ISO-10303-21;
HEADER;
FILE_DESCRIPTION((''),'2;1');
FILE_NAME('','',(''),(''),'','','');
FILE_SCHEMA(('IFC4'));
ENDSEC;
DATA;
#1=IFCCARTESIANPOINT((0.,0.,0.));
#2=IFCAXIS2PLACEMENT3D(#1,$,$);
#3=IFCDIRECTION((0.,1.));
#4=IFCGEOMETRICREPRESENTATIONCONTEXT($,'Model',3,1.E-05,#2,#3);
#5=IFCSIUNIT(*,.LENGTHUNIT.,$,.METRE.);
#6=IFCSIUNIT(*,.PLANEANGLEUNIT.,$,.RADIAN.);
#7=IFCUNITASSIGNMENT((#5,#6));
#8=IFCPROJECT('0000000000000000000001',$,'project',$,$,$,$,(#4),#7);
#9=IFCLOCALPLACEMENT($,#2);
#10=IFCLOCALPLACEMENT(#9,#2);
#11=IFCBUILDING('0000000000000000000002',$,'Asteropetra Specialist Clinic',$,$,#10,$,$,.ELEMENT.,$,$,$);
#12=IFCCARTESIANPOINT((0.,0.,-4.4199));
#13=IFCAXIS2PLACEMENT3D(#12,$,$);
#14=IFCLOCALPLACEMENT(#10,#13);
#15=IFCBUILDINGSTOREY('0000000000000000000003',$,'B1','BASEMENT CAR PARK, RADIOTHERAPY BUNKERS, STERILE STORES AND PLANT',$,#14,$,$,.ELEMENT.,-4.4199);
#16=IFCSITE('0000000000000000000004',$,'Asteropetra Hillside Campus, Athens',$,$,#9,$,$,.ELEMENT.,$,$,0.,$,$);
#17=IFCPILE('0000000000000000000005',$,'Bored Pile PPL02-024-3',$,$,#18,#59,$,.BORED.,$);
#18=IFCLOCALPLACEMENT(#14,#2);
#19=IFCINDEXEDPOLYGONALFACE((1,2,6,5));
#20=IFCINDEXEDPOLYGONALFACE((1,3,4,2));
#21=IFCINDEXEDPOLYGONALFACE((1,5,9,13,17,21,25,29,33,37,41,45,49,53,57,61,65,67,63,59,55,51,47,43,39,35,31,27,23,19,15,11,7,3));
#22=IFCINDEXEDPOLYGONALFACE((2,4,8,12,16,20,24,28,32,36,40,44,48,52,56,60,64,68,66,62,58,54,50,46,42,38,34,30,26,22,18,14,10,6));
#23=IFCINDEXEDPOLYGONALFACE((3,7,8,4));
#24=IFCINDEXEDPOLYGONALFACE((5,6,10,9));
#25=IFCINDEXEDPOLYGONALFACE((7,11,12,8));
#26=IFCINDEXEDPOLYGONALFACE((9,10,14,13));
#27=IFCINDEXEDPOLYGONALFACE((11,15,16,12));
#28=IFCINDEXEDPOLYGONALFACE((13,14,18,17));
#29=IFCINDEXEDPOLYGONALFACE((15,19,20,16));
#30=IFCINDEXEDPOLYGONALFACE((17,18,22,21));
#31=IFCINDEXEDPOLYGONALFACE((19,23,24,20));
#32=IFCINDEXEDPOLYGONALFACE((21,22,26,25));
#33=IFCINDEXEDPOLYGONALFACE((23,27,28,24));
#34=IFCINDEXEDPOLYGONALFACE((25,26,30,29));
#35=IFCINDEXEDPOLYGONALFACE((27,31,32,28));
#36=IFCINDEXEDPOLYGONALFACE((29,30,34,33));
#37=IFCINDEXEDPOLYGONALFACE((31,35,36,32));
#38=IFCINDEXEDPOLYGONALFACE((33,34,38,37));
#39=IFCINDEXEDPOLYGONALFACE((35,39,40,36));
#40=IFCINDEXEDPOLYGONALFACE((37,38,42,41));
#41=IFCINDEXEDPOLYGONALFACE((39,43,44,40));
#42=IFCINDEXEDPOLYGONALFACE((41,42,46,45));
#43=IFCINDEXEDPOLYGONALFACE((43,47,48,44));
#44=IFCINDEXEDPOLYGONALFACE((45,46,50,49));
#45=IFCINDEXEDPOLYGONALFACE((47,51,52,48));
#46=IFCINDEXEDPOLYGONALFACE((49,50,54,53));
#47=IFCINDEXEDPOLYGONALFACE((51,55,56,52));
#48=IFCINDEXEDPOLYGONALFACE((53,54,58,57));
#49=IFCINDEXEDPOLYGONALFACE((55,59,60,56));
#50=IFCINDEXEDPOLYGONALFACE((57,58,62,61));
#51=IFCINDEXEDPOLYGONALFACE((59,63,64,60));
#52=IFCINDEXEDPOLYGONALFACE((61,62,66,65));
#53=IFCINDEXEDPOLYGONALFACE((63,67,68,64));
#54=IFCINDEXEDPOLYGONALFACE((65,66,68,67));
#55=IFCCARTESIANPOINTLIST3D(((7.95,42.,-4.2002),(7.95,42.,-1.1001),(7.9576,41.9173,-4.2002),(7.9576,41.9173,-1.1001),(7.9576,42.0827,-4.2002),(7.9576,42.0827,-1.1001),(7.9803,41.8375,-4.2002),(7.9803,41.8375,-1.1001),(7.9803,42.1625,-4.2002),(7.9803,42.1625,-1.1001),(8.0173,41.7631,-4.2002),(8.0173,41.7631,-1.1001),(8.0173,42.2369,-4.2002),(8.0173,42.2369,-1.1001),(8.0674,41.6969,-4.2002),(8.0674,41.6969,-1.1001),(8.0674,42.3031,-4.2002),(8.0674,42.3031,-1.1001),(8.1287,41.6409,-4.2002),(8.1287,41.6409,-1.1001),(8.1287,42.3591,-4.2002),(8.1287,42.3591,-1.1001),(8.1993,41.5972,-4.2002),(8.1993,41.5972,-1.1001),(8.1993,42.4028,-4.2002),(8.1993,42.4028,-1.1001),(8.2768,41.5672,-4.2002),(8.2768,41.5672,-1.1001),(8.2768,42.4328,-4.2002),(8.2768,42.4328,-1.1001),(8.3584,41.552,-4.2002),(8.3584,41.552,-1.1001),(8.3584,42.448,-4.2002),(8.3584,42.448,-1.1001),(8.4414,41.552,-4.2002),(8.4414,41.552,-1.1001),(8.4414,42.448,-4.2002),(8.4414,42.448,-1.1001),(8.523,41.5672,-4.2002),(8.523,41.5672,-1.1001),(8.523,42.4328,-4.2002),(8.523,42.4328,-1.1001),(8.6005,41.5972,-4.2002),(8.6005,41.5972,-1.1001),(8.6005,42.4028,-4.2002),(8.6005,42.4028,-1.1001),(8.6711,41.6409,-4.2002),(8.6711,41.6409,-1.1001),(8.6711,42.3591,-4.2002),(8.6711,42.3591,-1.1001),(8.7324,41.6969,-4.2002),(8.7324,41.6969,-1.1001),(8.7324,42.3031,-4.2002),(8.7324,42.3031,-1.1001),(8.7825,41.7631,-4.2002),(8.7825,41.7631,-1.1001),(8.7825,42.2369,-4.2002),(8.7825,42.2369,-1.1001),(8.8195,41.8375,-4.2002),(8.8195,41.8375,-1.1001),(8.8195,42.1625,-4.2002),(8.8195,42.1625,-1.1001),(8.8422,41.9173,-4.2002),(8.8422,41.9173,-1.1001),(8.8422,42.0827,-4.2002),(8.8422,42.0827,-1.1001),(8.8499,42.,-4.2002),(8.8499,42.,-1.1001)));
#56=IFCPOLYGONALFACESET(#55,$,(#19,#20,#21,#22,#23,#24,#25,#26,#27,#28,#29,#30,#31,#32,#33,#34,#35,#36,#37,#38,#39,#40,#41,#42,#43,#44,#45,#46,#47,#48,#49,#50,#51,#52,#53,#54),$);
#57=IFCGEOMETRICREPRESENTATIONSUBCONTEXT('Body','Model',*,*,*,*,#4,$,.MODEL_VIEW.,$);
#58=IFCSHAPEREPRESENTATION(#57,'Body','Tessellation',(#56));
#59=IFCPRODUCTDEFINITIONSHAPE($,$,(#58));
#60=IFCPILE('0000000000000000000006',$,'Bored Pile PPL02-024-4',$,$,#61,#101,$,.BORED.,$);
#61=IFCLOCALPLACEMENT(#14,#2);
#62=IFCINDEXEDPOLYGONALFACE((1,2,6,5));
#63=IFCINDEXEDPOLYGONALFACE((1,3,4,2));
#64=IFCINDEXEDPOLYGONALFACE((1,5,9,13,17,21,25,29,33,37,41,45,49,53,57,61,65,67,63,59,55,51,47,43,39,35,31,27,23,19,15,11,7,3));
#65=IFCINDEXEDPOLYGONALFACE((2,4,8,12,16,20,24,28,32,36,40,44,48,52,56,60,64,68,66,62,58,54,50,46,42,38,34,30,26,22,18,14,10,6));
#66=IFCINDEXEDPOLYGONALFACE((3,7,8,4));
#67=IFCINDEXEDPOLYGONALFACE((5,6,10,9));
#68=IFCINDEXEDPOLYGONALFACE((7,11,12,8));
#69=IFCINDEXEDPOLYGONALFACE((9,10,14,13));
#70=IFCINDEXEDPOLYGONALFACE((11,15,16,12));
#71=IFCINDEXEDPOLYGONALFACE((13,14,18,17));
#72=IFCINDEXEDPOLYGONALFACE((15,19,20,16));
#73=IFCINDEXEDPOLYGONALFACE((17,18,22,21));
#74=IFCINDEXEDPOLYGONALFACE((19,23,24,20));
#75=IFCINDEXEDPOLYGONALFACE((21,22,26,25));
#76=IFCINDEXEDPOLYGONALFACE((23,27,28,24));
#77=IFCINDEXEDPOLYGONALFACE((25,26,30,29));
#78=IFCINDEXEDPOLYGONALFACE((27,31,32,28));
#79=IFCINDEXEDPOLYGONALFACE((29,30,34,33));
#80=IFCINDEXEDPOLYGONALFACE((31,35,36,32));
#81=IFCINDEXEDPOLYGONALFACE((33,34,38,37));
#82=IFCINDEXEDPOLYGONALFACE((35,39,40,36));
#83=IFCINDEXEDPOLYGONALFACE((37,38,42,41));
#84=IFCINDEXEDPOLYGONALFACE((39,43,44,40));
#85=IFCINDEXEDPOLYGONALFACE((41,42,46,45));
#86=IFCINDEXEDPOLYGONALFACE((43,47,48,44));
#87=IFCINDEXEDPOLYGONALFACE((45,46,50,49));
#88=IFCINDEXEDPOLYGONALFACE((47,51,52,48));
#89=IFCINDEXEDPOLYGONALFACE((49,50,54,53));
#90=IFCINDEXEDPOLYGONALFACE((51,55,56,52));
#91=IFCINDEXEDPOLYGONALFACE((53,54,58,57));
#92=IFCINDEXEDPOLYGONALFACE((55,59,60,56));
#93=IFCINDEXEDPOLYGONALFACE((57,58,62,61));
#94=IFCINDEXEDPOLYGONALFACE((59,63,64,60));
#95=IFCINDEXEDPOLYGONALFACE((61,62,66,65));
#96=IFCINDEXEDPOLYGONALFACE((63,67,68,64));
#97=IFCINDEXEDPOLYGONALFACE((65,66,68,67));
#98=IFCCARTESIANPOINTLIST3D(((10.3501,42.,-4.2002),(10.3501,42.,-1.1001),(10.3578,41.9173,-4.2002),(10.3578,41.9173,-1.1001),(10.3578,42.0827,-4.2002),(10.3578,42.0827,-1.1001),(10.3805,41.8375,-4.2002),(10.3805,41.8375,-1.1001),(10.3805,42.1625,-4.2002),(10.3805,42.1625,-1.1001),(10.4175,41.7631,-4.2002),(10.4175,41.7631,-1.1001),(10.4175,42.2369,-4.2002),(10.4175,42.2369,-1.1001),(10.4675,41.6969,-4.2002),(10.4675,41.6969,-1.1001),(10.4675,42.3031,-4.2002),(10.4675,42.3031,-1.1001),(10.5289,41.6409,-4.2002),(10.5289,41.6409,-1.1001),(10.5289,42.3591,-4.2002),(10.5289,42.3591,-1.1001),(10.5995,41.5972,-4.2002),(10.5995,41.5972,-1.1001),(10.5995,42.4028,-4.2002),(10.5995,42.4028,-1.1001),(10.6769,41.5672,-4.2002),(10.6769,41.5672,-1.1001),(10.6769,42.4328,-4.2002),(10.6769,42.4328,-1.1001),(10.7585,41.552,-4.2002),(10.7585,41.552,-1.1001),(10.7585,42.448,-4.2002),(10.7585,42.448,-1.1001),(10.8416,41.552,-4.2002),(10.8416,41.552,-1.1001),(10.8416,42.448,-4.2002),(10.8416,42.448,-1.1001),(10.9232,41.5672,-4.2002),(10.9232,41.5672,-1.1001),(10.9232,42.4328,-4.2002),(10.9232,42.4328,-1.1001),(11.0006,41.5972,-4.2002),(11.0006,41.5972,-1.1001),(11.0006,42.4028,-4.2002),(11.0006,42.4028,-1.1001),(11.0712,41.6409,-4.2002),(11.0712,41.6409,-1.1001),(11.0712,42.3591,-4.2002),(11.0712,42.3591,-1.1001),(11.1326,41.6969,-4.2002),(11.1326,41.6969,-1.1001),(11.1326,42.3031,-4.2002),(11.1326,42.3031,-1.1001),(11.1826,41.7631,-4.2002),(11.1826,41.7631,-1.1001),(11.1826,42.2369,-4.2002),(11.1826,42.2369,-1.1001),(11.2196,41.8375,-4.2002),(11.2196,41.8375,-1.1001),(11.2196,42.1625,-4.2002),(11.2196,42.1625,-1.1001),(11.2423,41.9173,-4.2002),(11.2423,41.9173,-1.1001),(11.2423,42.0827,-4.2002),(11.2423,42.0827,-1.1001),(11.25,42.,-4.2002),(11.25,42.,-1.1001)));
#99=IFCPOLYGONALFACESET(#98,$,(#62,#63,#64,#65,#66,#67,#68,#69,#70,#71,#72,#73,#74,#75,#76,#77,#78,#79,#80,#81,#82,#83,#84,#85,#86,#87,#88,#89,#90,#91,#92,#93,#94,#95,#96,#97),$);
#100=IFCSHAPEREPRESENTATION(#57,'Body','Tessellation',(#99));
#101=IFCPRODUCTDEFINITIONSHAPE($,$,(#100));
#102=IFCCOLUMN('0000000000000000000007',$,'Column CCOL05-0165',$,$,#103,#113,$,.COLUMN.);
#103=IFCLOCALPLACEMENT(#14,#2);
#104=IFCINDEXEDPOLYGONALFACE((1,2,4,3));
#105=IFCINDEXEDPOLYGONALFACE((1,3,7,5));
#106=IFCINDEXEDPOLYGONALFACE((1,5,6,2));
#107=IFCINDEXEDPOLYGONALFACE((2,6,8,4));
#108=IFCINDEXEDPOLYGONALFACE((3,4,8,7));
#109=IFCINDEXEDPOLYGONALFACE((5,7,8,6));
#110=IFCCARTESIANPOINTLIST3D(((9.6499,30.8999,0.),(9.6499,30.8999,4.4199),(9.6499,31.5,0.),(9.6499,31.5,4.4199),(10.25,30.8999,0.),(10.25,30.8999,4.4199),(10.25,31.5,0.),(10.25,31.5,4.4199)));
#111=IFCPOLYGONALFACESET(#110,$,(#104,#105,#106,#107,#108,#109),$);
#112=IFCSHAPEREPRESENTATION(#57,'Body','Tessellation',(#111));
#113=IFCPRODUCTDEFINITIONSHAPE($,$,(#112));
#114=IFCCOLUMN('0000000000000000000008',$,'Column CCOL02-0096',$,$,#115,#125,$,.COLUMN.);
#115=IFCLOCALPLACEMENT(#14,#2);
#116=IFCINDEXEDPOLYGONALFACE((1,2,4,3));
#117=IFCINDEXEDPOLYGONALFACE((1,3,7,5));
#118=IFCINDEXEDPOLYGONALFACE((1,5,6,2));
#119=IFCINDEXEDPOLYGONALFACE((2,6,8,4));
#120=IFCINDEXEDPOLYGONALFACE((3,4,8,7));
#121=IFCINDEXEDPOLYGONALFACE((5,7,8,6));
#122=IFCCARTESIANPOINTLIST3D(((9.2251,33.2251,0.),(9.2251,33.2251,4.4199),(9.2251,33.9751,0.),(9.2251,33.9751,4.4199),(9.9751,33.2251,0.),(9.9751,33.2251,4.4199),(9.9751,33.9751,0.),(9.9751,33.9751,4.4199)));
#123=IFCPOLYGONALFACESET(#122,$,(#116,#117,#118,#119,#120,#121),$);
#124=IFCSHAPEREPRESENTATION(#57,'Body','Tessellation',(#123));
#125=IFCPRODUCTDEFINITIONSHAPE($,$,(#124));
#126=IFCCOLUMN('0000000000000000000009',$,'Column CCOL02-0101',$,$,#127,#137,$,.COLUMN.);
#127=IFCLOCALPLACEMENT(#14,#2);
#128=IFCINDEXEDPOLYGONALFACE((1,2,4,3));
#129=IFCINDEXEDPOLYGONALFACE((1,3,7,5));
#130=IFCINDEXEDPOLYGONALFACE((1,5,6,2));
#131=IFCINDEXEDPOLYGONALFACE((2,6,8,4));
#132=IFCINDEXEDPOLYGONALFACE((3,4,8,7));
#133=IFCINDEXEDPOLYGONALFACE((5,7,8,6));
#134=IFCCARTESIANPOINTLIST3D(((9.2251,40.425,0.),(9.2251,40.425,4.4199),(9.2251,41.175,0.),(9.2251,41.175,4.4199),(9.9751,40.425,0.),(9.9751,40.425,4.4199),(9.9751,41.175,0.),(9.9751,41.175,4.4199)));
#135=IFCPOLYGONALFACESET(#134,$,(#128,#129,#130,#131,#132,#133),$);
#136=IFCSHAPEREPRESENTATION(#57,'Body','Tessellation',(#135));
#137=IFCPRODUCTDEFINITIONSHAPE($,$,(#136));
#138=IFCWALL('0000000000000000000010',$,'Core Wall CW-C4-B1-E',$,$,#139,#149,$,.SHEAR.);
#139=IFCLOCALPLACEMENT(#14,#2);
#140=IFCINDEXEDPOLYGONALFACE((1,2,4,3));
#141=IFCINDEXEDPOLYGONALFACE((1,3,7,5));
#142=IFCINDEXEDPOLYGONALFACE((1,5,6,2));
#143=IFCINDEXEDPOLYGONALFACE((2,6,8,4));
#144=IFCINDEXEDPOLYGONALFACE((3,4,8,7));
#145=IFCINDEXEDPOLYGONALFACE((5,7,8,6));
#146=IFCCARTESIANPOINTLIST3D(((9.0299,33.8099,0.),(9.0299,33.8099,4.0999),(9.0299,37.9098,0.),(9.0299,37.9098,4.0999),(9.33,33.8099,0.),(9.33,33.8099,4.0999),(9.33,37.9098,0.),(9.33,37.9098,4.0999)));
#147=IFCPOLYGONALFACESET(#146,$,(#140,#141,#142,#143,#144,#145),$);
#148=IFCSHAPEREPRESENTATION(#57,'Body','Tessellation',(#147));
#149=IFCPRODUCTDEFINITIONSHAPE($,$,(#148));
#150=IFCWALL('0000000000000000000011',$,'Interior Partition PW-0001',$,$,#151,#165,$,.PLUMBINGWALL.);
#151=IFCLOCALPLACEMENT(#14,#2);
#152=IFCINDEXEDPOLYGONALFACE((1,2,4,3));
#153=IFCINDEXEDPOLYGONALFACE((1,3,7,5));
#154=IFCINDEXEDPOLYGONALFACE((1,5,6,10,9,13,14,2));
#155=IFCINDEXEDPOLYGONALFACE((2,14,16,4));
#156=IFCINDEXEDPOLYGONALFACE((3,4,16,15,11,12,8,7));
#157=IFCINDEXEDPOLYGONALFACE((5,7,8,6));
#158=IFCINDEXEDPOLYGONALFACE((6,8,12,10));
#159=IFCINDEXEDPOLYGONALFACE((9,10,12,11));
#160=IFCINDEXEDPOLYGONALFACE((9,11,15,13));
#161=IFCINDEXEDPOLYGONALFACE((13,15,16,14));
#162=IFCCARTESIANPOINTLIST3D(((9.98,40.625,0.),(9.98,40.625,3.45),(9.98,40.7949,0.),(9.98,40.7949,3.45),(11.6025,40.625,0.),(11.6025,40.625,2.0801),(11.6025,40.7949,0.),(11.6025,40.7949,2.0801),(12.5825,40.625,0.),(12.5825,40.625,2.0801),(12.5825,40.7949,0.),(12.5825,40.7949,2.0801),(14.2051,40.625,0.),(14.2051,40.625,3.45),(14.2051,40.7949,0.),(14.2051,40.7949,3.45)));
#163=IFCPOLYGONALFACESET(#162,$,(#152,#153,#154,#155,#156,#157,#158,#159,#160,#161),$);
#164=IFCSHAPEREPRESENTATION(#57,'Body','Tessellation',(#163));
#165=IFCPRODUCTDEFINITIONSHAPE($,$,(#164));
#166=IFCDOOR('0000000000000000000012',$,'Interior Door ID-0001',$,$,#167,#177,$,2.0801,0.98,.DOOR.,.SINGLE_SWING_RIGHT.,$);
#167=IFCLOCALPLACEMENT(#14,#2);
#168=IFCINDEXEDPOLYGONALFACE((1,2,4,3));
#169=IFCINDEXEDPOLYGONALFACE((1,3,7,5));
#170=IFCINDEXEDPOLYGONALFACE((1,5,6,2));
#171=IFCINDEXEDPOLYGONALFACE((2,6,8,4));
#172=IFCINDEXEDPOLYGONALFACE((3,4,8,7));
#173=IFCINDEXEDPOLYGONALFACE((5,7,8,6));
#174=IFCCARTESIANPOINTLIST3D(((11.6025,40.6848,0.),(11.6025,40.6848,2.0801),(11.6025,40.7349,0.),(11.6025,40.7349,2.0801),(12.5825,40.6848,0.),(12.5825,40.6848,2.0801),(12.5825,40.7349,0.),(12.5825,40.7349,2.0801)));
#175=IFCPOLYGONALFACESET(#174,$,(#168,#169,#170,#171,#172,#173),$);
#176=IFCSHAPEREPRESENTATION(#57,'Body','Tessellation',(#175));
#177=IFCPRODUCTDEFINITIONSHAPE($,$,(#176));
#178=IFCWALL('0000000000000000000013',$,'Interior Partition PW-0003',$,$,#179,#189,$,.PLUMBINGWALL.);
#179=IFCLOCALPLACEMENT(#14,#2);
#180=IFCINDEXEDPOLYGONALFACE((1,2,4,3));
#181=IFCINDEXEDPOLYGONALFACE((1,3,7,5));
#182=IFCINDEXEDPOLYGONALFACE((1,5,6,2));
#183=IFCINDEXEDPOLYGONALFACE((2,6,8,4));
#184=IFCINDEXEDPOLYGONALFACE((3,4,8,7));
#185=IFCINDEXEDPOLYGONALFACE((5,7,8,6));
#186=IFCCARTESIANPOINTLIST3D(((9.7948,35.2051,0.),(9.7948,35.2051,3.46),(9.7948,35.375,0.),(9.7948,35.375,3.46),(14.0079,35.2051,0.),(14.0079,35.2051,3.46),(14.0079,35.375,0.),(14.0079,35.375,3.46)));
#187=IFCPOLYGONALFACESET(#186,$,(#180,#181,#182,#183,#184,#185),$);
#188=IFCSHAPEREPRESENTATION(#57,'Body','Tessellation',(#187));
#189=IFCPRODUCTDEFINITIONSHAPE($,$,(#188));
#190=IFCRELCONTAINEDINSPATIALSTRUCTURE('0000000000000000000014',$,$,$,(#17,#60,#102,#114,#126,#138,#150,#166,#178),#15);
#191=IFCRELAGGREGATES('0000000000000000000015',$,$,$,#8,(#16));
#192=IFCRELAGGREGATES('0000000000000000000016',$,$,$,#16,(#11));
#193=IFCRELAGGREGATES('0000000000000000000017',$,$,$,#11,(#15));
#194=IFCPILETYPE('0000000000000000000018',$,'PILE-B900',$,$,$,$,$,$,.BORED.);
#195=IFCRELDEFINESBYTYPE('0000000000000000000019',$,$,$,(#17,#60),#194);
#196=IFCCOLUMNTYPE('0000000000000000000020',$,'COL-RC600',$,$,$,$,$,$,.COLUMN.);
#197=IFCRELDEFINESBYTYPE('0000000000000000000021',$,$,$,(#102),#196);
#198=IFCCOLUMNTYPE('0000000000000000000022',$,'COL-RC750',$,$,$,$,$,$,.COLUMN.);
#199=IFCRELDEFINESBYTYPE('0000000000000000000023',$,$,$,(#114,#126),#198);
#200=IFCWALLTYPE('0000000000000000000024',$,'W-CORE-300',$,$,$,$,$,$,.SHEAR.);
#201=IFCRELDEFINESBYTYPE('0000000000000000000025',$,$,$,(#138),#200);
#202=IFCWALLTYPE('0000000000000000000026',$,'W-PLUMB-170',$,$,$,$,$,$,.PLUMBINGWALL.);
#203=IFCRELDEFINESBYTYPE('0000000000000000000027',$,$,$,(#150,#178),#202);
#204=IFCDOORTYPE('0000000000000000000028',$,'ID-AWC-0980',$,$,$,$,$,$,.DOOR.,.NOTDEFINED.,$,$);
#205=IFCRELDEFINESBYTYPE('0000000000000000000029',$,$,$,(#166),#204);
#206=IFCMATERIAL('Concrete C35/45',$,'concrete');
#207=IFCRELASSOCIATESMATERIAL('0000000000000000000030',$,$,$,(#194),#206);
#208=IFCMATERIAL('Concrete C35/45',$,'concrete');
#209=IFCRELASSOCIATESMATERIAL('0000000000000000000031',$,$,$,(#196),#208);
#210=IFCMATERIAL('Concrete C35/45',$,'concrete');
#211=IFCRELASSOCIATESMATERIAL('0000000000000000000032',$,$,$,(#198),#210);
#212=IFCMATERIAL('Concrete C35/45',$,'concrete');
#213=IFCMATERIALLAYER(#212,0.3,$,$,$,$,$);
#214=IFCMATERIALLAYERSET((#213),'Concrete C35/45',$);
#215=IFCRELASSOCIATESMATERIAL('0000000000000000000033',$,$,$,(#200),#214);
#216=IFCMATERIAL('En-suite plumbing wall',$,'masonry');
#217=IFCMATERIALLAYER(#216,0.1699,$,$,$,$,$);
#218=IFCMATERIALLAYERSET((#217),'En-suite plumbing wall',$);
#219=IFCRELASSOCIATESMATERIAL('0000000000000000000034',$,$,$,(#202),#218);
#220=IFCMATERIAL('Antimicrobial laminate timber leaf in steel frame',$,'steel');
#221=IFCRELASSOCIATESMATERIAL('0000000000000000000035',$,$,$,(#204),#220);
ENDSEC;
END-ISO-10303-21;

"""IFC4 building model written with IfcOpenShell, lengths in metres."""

from ifc_helpers import new_model, si_unit, direction, frame, frame_2d, origin, origin_2d, place, context, subcontext, project, spatial, rectangle, circle, extrude, material, layer, layer_set, material_profile, profile_set, type_object, element, fill, save


model = new_model("IFC4")

# Units and contexts
model_context = context("Model", 3, precision=1e-05, world=origin(), true_north=direction((0.0, 1.0)))
body_context = subcontext(model_context, "Body", "Model", "MODEL_VIEW")
ifc_project = project(units=[si_unit("LENGTHUNIT", "METRE"), si_unit("PLANEANGLEUNIT", "RADIAN")], contexts=[model_context])

# Site, building, storey
site_placement = place(None, origin())
site = spatial("IfcSite", under=ifc_project, at=site_placement, Name="Asteropetra Hillside Campus, Athens", CompositionType="ELEMENT", RefElevation=0.0)
building_placement = place(site_placement, origin())
building = spatial("IfcBuilding", under=site, at=building_placement, Name="Asteropetra Specialist Clinic", CompositionType="ELEMENT")
storey_placement = place(building_placement, frame((0.0, 0.0, -4.4199)))
storey = spatial("IfcBuildingStorey", under=building, at=storey_placement, Name="B1", Description="BASEMENT CAR PARK, RADIOTHERAPY BUNKERS, STERILE STORES AND PLANT", CompositionType="ELEMENT", Elevation=-4.4199)

# Piles
ifc_material_1 = material(Name="Concrete C35/45", Category="concrete")
ifc_material_profile_1 = material_profile(ifc_material_1, circle(Radius=0.45, at=origin_2d()), Name="PILE D900")
ifc_profile_set_1 = profile_set([ifc_material_profile_1], Name="Concrete C35/45")
pile_type = type_object("IfcPileType", Name="PILE-B900", PredefinedType="BORED", material=ifc_profile_set_1)
for number, where, z_axis, x_axis, name in (
    (1, (8.3999, 42.0, -1.1001), (0.0, 0.0, -1.0), (1.0, 0.0, 0.0), "Bored Pile PPL02-024-3"),
    (2, (10.8, 42.0, -1.1001), (0.0, 0.0, -1.0), (1.0, 0.0, 0.0), "Bored Pile PPL02-024-4"),
):
    element("IfcPile", number, at=place(storey_placement, frame(where, z_axis=z_axis, x_axis=x_axis)), inside=storey, type_object=pile_type, Name=name, PredefinedType="BORED", context=body_context, shape_type="SweptSolid", body=[
        extrude(circle(Radius=0.45, at=origin_2d()), origin(), (0.0, 0.0, 1.0), 3.1001),
    ])

# Columns
ifc_material_2 = material(Name="Concrete C35/45", Category="concrete")
ifc_material_profile_2 = material_profile(ifc_material_2, rectangle(XDim=0.6001, YDim=0.6001, at=origin_2d()), Name="RC 600x600")
ifc_profile_set_2 = profile_set([ifc_material_profile_2], Name="Concrete C35/45")
column_type_1 = type_object("IfcColumnType", Name="COL-RC600", PredefinedType="COLUMN", material=ifc_profile_set_2)
column_placement = place(storey_placement, frame((9.95, 31.2, 0.0), z_axis=(0.0, 0.0, 1.0), x_axis=(1.0, 0.0, 0.0)))
element("IfcColumn", 3, at=column_placement, inside=storey, type_object=column_type_1, Name="Column CCOL05-0165", PredefinedType="COLUMN", context=body_context, shape_type="SweptSolid", body=[
    extrude(rectangle(XDim=0.6001, YDim=0.6001, at=origin_2d()), origin(), (0.0, 0.0, 1.0), 4.4199),
])
ifc_material_3 = material(Name="Concrete C35/45", Category="concrete")
ifc_material_profile_3 = material_profile(ifc_material_3, rectangle(XDim=0.75, YDim=0.75, at=origin_2d()), Name="RC 750x750")
ifc_profile_set_3 = profile_set([ifc_material_profile_3], Name="Concrete C35/45")
column_type_2 = type_object("IfcColumnType", Name="COL-RC750", PredefinedType="COLUMN", material=ifc_profile_set_3)
for number, where, z_axis, x_axis, name in (
    (4, (9.6001, 33.6001, 0.0), (0.0, 0.0, 1.0), (1.0, 0.0, 0.0), "Column CCOL02-0096"),
    (5, (9.6001, 40.8, 0.0), (0.0, 0.0, 1.0), (1.0, 0.0, 0.0), "Column CCOL02-0101"),
):
    element("IfcColumn", number, at=place(storey_placement, frame(where, z_axis=z_axis, x_axis=x_axis)), inside=storey, type_object=column_type_2, Name=name, PredefinedType="COLUMN", context=body_context, shape_type="SweptSolid", body=[
        extrude(rectangle(XDim=0.75, YDim=0.75, at=origin_2d()), origin(), (0.0, 0.0, 1.0), 4.4199),
    ])

# Wall
ifc_material_4 = material(Name="Concrete C35/45", Category="concrete")
ifc_layer_1 = layer(ifc_material_4, 0.3)
ifc_layer_set_1 = layer_set([ifc_layer_1], Name="Concrete C35/45")
wall_type_1 = type_object("IfcWallType", Name="W-CORE-300", PredefinedType="SHEAR", material=ifc_layer_set_1)
wall_1_placement = place(storey_placement, frame((9.1799, 33.8101, 0.0), z_axis=(0.0, 0.0, 1.0), x_axis=(0.0, 1.0, 0.0)))
element("IfcWall", 6, at=wall_1_placement, inside=storey, type_object=wall_type_1, Name="Core Wall CW-C4-B1-E", PredefinedType="SHEAR", context=body_context, shape_type="SweptSolid", body=[
    extrude(rectangle(XDim=4.0999, YDim=0.3, at=frame_2d((2.0498, 0.0))), origin(), (0.0, 0.0, 1.0), 4.0999),
])

# Wall, opening, door
ifc_material_5 = material(Name="En-suite plumbing wall", Category="masonry")
ifc_layer_2 = layer(ifc_material_5, 0.1699)
ifc_layer_set_2 = layer_set([ifc_layer_2], Name="En-suite plumbing wall")
wall_type_2 = type_object("IfcWallType", Name="W-PLUMB-170", PredefinedType="PLUMBINGWALL", material=ifc_layer_set_2)
wall_2_placement = place(storey_placement, frame((9.98, 40.71, 0.0), z_axis=(0.0, 0.0, 1.0), x_axis=(1.0, 0.0, 0.0)))
wall_2 = element("IfcWall", 7, at=wall_2_placement, inside=storey, type_object=wall_type_2, Name="Interior Partition PW-0001", PredefinedType="PLUMBINGWALL", context=body_context, shape_type="SweptSolid", body=[
    extrude(rectangle(XDim=4.2251, YDim=0.1699, at=frame_2d((2.1125, 0.0))), origin(), (0.0, 0.0, 1.0), 3.45),
])
opening_1_placement = place(wall_2_placement, frame((1.6226, 0.0, 0.0)))
opening_1 = element("IfcOpeningElement", 8, at=opening_1_placement, cuts=wall_2, PredefinedType="OPENING", context=body_context, shape_type="SweptSolid", body=[
    extrude(rectangle(XDim=0.98, YDim=2.0801, at=frame_2d((0.49, 1.04))), frame((0.0, 0.095, 0.0), z_axis=(0.0, -1.0, 0.0), x_axis=(1.0, 0.0, 0.0)), (0.0, 0.0, 1.0), 0.1899),
])
ifc_material_6 = material(Name="Antimicrobial laminate timber leaf in steel frame", Category="steel")
door_type_1 = type_object("IfcDoorType", Name="ID-AWC-0980", OperationType="NOTDEFINED", PredefinedType="DOOR", material=ifc_material_6)
door_1_placement = place(opening_1_placement, origin())
door_1 = element("IfcDoor", 9, at=door_1_placement, inside=storey, type_object=door_type_1, Name="Interior Door ID-0001", OperationType="SINGLE_SWING_RIGHT", OverallHeight=2.0801, OverallWidth=0.98, PredefinedType="DOOR", context=body_context, shape_type="SweptSolid", body=[
    extrude(rectangle(XDim=0.98, YDim=2.0801, at=frame_2d((0.49, 1.04))), frame((0.0, 0.0249, 0.0), z_axis=(0.0, -1.0, 0.0), x_axis=(1.0, 0.0, 0.0)), (0.0, 0.0, 1.0), 0.05),
])
fill(opening_1, door_1)

# Wall
wall_3_placement = place(storey_placement, frame((9.7949, 35.29, 0.0), z_axis=(0.0, 0.0, 1.0), x_axis=(1.0, 0.0, 0.0)))
element("IfcWall", 10, at=wall_3_placement, inside=storey, type_object=wall_type_2, Name="Interior Partition PW-0003", PredefinedType="PLUMBINGWALL", context=body_context, shape_type="SweptSolid", body=[
    extrude(rectangle(XDim=4.2131, YDim=0.1699, at=frame_2d((2.1064, 0.0))), origin(), (0.0, 0.0, 1.0), 3.46),
])

save(model, "model.ifc")
